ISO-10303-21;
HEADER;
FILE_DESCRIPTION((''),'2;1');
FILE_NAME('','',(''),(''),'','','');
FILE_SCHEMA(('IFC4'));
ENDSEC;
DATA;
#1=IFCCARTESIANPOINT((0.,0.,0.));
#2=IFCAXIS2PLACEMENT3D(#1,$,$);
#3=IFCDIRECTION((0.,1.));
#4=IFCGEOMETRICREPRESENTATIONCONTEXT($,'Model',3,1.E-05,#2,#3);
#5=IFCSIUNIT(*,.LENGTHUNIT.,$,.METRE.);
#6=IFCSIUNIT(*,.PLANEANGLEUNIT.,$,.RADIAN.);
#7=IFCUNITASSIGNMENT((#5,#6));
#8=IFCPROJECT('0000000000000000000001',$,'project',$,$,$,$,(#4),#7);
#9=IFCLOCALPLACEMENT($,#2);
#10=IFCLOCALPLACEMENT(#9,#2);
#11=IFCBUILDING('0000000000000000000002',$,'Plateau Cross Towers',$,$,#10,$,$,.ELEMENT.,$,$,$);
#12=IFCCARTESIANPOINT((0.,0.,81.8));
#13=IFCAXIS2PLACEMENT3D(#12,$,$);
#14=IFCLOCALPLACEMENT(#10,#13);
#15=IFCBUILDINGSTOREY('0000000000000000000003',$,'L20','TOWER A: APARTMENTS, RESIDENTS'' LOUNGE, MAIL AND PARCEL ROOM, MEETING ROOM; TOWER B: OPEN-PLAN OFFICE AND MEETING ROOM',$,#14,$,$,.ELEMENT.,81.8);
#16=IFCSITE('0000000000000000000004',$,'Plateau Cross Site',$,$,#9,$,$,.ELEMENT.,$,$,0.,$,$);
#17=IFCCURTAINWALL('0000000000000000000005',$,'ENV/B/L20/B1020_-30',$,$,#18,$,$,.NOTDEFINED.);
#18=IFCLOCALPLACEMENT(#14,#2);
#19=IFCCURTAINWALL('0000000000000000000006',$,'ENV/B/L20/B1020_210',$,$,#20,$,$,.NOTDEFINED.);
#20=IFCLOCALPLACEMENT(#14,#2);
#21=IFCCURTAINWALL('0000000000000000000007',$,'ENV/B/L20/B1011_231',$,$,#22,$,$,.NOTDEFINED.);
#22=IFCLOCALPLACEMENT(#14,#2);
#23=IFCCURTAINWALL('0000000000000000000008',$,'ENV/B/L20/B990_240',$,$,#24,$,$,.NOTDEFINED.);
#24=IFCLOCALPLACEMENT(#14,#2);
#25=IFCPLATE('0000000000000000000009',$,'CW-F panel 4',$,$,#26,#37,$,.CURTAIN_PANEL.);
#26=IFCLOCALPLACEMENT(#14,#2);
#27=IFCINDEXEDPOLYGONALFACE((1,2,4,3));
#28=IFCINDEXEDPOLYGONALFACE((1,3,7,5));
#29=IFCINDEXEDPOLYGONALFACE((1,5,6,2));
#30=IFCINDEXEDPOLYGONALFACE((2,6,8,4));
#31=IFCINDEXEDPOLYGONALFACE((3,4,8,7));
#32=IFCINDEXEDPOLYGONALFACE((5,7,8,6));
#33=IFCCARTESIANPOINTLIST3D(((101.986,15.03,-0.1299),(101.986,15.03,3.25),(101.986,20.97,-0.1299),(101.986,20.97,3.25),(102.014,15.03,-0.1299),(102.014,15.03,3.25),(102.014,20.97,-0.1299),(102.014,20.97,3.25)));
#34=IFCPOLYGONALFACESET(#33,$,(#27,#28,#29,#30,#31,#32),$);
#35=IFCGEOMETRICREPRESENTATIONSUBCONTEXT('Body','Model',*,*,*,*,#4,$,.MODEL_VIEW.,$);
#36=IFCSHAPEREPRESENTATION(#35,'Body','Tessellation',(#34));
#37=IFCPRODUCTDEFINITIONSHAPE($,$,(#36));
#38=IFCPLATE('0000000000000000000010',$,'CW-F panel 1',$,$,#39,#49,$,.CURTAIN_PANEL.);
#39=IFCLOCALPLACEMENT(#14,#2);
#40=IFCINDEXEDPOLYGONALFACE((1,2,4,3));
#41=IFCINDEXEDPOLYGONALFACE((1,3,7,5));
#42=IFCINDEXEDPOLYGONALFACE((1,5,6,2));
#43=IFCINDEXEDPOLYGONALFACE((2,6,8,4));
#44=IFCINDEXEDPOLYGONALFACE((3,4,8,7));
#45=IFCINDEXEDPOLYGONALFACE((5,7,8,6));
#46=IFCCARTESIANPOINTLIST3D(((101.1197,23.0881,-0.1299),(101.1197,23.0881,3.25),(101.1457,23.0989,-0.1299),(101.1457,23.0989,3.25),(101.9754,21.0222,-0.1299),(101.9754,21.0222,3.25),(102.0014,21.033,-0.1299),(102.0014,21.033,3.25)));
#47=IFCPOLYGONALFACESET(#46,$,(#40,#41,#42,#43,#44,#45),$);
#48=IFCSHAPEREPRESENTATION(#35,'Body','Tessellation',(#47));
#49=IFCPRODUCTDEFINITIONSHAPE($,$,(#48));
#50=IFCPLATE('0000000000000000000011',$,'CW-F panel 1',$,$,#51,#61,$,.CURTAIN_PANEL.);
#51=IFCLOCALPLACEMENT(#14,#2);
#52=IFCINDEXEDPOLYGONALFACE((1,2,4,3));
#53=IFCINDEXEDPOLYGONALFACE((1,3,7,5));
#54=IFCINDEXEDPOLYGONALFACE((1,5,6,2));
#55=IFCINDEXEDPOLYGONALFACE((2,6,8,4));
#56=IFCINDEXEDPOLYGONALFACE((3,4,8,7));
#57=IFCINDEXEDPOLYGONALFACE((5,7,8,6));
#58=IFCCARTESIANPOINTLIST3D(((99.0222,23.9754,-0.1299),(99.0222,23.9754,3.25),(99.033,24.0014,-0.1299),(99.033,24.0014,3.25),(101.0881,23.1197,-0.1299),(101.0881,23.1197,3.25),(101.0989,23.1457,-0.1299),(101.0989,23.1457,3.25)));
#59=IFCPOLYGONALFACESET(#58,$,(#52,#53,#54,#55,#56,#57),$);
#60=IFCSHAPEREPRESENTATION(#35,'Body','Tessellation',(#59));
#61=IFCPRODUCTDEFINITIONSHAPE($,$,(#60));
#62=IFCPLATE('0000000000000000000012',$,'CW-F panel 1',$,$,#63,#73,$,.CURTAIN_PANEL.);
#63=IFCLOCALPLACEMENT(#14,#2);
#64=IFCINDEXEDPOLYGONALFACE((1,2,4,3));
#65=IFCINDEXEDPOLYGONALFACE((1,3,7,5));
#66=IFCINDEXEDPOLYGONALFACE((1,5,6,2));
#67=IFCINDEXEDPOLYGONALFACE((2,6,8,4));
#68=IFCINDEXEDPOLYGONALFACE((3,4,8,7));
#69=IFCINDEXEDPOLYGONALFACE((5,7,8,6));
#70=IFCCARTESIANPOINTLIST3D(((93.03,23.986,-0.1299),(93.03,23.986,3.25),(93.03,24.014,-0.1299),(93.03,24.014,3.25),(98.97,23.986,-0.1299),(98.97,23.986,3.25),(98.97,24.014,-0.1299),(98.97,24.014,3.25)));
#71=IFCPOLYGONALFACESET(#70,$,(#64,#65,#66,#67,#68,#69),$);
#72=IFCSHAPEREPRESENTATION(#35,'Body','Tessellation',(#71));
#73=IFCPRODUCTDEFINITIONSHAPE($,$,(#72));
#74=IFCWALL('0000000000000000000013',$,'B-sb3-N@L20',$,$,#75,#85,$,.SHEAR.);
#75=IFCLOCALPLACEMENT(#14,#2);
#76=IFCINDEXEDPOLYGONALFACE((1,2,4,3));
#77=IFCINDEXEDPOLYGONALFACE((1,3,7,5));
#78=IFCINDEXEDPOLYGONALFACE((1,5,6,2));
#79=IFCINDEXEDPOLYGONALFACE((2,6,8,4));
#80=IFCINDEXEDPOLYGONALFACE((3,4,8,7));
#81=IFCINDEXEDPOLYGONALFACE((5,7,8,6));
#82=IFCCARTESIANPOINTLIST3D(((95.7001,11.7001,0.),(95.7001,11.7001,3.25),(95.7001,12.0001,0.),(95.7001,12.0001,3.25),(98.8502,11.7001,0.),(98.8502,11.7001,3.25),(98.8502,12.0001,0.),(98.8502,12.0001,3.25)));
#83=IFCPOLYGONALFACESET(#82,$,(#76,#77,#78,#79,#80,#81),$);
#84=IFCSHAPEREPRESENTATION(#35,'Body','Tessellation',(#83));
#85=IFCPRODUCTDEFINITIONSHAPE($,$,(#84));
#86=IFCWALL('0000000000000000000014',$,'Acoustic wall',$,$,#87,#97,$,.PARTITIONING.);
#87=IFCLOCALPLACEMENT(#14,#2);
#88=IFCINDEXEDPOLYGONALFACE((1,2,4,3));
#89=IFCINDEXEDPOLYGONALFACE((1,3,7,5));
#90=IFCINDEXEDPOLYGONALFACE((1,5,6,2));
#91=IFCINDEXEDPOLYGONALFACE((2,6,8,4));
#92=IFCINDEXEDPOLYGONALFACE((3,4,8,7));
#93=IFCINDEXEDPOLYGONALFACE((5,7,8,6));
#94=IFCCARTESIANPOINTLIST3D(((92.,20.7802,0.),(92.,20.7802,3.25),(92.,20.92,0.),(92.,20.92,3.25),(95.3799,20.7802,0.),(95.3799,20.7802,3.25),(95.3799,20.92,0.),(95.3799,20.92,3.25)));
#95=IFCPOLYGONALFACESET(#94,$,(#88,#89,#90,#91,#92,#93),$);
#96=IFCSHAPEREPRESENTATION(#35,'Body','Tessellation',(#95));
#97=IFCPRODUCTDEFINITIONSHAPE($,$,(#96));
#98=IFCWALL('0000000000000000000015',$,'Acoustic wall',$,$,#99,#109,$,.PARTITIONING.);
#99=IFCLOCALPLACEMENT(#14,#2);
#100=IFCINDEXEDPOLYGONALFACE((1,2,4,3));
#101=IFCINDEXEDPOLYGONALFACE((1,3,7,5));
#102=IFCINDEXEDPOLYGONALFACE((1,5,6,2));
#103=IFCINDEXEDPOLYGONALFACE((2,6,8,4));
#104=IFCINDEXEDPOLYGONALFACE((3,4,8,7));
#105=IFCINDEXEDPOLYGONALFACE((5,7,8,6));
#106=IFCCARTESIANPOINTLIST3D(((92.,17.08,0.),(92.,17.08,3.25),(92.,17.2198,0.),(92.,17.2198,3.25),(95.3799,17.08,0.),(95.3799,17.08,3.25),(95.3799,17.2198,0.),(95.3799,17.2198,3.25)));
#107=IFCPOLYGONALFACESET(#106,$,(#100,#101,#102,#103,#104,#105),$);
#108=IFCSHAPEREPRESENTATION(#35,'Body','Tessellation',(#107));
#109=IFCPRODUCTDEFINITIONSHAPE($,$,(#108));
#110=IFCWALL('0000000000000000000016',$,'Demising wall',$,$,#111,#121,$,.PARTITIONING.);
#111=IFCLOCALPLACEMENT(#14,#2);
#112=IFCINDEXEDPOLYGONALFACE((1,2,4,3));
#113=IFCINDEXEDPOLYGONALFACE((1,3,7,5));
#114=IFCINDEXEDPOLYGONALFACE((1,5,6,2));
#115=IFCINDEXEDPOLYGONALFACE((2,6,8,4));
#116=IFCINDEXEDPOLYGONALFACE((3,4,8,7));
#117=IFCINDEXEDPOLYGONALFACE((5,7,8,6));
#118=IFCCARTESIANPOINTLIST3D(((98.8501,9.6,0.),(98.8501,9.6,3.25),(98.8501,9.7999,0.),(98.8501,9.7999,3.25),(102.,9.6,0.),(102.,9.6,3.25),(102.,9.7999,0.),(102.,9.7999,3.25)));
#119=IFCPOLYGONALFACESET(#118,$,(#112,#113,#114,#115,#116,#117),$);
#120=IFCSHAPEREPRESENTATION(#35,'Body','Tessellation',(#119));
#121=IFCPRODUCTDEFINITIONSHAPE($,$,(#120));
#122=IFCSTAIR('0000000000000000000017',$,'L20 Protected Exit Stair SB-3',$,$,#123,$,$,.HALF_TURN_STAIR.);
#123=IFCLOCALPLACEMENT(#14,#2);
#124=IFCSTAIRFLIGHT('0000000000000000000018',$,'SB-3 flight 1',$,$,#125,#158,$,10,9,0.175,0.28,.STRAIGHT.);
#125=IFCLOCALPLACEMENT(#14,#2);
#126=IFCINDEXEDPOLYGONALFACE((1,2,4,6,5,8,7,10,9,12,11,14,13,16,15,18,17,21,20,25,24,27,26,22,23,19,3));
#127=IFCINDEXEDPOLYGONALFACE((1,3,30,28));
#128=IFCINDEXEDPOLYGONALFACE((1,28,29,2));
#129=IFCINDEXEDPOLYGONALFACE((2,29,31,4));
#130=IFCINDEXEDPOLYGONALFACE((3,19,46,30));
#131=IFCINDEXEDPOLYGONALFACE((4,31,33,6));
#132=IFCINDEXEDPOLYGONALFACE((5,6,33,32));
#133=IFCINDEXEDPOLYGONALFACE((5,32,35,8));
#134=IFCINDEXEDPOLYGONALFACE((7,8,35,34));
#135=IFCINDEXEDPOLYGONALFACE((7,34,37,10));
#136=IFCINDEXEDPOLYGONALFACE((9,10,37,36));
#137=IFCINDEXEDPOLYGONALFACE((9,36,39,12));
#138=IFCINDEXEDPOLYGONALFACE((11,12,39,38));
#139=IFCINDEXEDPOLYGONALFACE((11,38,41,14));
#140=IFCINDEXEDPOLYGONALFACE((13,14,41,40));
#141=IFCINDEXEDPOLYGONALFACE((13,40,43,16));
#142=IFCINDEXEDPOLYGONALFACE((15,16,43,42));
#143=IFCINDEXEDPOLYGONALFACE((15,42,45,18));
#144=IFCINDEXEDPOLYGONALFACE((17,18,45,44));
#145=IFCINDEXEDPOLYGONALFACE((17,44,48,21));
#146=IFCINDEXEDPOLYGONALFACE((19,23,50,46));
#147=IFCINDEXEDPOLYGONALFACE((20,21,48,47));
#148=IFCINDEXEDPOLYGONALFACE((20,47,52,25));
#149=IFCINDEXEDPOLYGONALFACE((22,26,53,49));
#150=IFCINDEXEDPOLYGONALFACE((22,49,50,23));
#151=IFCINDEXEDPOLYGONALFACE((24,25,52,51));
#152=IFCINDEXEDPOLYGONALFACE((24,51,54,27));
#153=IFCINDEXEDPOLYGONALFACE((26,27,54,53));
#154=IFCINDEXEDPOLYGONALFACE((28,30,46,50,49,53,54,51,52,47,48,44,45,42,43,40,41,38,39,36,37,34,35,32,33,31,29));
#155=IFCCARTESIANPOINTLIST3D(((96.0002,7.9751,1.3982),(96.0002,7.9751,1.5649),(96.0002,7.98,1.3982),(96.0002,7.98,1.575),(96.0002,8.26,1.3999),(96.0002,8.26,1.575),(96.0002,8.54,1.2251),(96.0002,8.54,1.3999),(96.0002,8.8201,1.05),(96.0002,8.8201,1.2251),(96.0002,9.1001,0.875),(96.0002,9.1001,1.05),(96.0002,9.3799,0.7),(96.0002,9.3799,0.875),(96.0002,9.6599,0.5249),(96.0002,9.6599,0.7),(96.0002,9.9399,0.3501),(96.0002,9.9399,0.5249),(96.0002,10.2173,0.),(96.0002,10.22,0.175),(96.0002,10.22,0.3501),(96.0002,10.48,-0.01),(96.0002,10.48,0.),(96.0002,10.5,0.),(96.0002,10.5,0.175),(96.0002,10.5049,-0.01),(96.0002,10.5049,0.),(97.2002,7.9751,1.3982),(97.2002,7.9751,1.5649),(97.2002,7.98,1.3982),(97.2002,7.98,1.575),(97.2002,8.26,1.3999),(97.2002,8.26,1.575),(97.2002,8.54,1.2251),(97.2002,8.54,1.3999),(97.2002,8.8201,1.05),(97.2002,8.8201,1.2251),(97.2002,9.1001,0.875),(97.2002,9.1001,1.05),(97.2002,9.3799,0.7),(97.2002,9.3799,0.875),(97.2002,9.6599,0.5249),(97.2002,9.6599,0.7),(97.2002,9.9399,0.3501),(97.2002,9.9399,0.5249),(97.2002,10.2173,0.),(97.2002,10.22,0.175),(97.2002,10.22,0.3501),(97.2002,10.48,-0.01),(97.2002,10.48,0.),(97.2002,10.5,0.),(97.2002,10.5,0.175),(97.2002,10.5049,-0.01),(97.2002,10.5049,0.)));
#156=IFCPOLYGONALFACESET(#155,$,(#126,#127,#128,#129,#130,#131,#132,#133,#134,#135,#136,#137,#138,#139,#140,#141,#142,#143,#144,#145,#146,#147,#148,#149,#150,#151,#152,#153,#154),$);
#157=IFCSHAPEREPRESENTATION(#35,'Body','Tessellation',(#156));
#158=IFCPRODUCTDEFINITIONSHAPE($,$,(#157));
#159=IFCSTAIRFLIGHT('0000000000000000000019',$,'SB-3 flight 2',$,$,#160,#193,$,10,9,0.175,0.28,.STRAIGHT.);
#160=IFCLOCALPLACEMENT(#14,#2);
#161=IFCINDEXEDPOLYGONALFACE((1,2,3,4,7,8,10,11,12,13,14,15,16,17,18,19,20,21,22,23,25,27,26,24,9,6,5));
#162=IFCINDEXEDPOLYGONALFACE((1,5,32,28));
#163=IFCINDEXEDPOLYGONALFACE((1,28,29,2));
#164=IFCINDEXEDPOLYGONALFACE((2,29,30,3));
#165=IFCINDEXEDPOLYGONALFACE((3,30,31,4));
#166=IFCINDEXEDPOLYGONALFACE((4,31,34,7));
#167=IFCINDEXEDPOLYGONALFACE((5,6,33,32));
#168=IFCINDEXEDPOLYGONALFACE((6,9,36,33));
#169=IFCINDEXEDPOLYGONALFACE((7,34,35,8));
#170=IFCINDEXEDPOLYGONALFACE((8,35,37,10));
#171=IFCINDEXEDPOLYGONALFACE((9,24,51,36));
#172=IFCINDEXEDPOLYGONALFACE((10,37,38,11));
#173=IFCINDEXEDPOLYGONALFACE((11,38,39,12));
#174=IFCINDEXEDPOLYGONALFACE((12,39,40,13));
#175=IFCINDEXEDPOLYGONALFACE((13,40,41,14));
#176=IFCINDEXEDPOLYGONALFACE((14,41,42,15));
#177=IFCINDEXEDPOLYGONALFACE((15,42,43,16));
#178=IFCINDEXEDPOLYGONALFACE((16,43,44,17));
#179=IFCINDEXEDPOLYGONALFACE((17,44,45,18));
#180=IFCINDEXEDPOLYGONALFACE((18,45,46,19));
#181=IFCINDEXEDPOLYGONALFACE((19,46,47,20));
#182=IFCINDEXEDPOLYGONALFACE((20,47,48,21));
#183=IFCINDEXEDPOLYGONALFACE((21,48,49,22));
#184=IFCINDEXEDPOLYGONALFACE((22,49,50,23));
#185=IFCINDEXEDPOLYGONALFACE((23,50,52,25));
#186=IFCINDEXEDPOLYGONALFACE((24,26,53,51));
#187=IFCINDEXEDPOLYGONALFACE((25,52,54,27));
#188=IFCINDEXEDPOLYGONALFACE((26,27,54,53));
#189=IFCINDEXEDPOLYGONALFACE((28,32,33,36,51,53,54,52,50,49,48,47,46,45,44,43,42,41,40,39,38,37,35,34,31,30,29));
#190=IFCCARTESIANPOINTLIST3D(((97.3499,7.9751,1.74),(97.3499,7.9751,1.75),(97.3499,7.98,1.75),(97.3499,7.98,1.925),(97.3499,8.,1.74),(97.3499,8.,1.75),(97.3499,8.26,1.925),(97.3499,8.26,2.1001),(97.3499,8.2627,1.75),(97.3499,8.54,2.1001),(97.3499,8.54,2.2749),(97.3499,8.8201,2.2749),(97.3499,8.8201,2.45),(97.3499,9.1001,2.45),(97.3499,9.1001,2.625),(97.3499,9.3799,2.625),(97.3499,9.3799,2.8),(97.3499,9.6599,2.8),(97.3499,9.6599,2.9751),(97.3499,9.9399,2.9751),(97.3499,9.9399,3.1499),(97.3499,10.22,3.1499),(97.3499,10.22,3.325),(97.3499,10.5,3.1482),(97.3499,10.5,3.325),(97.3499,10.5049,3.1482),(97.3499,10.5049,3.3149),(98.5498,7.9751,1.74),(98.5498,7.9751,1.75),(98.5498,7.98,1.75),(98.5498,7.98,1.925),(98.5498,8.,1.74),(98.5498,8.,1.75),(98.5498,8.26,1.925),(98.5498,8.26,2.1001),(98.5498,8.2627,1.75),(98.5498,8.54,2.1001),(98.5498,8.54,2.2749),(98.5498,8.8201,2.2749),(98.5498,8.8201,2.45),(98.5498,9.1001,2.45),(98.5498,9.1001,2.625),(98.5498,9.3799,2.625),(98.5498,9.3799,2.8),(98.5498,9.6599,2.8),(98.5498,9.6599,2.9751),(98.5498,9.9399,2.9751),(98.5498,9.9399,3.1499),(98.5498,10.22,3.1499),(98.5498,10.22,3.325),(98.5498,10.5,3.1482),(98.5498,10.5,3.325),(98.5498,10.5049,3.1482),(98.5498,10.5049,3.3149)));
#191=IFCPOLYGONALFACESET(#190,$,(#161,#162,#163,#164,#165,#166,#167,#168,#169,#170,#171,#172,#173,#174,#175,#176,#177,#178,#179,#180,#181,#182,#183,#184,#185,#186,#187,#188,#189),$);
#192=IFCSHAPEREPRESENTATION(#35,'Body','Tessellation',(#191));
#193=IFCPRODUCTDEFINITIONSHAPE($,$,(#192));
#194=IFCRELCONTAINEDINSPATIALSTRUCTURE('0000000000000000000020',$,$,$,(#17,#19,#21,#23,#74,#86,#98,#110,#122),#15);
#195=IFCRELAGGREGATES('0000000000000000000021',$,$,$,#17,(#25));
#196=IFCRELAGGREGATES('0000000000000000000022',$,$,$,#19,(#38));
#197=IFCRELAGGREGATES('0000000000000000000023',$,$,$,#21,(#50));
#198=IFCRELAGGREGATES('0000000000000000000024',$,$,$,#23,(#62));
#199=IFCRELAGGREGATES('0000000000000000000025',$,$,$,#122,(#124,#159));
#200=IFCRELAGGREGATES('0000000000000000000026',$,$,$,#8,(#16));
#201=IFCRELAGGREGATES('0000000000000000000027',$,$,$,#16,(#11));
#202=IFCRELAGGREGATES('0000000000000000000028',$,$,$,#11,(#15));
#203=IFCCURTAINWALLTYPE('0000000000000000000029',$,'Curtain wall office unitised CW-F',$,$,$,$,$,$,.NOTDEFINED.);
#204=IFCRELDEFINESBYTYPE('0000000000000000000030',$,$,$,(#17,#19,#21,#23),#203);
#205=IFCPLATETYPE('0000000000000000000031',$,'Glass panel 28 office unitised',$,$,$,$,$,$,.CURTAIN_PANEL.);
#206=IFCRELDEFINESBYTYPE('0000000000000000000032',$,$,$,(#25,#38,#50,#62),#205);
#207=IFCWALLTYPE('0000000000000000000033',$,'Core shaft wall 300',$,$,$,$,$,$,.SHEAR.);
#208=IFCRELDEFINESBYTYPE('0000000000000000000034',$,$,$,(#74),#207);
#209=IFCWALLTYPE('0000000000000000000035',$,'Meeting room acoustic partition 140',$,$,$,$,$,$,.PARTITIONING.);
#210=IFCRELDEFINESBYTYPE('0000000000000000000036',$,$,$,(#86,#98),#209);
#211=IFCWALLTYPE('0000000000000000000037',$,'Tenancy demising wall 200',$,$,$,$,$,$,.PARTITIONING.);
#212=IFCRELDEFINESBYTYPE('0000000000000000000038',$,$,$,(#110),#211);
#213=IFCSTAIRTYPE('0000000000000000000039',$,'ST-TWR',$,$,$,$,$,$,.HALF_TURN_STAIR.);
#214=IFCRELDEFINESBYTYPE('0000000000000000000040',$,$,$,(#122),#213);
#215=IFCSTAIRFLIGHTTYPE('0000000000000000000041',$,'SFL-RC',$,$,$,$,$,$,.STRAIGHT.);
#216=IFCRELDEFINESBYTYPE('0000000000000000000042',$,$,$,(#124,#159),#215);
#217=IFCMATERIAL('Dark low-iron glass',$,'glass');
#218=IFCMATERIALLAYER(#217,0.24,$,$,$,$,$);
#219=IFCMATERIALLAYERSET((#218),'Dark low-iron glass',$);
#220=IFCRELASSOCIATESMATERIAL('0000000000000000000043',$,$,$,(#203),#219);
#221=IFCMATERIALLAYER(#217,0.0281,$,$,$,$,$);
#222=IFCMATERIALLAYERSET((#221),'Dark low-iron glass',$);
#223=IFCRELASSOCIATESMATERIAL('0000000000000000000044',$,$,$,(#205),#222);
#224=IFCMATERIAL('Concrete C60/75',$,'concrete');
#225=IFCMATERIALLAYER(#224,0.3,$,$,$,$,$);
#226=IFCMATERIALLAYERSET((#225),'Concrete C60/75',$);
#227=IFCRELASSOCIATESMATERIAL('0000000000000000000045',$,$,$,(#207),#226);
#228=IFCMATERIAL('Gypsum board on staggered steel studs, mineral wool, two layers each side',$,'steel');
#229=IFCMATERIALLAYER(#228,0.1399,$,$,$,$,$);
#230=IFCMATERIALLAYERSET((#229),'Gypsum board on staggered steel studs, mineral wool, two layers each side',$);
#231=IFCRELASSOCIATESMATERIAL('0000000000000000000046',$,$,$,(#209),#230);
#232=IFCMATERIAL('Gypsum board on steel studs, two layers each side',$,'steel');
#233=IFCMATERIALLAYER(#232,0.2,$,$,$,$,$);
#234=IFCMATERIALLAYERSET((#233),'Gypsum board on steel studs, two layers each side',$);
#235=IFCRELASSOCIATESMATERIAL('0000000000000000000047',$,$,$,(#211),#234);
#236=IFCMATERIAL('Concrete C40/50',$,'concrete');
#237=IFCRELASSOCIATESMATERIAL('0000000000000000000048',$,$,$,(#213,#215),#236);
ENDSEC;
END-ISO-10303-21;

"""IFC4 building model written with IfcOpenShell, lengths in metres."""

from ifc_helpers import new_model, si_unit, direction, frame, frame_2d, origin, origin_2d, place, context, subcontext, project, spatial, polyline, rectangle, outline, extrude, material, layer, layer_set, type_object, element, aggregate, save


model = new_model("IFC4")

# Units and contexts
model_context = context("Model", 3, precision=1e-05, world=origin(), true_north=direction((0.0, 1.0)))
body_context = subcontext(model_context, "Body", "Model", "MODEL_VIEW")
ifc_project = project(units=[si_unit("LENGTHUNIT", "METRE"), si_unit("PLANEANGLEUNIT", "RADIAN")], contexts=[model_context])

# Site, building, storey
site_placement = place(None, origin())
site = spatial("IfcSite", under=ifc_project, at=site_placement, Name="Plateau Cross Site", CompositionType="ELEMENT", RefElevation=0.0)
building_placement = place(site_placement, origin())
building = spatial("IfcBuilding", under=site, at=building_placement, Name="Plateau Cross Towers", CompositionType="ELEMENT")
storey_placement = place(building_placement, frame((0.0, 0.0, 81.8)))
storey = spatial("IfcBuildingStorey", under=building, at=storey_placement, Name="L20", Description="TOWER A: APARTMENTS, RESIDENTS' LOUNGE, MAIL AND PARCEL ROOM, MEETING ROOM; TOWER B: OPEN-PLAN OFFICE AND MEETING ROOM", CompositionType="ELEMENT", Elevation=81.8)

# Shared definitions
ifc_material_1 = material(Name="Concrete C60/75", Category="concrete")

# Curtain wall
ifc_material_2 = material(Name="Dark low-iron glass", Category="glass")
ifc_layer_1 = layer(ifc_material_2, 0.24)
ifc_layer_set_1 = layer_set([ifc_layer_1], Name="Dark low-iron glass")
curtain_wall_type = type_object("IfcCurtainWallType", Name="Curtain wall office unitised CW-F", PredefinedType="NOTDEFINED", material=ifc_layer_set_1)
curtain_wall_1_placement = place(storey_placement, origin())
curtain_wall_1 = element("IfcCurtainWall", 1, at=curtain_wall_1_placement, inside=storey, type_object=curtain_wall_type, Name="ENV/B/L20/B1020_-30", PredefinedType="NOTDEFINED")

# Curtain walls
curtain_wall_2_placement = place(storey_placement, origin())
curtain_wall_2 = element("IfcCurtainWall", 2, at=curtain_wall_2_placement, inside=storey, type_object=curtain_wall_type, Name="ENV/B/L20/B1020_210", PredefinedType="NOTDEFINED")
curtain_wall_3_placement = place(storey_placement, origin())
curtain_wall_3 = element("IfcCurtainWall", 3, at=curtain_wall_3_placement, inside=storey, type_object=curtain_wall_type, Name="ENV/B/L20/B1011_231", PredefinedType="NOTDEFINED")

# Curtain wall
curtain_wall_4_placement = place(storey_placement, origin())
curtain_wall_4 = element("IfcCurtainWall", 4, at=curtain_wall_4_placement, inside=storey, type_object=curtain_wall_type, Name="ENV/B/L20/B990_240", PredefinedType="NOTDEFINED")

# Plates
ifc_layer_2 = layer(ifc_material_2, 0.0281)
ifc_layer_set_2 = layer_set([ifc_layer_2], Name="Dark low-iron glass")
plate_type = type_object("IfcPlateType", Name="Glass panel 28 office unitised", PredefinedType="CURTAIN_PANEL", material=ifc_layer_set_2)
plate_1_placement = place(storey_placement, frame((102.0, 18.0, -0.1299), z_axis=(0.0, 0.0, 1.0), x_axis=(0.0, 1.0, 0.0)))
plate_1 = element("IfcPlate", 5, at=plate_1_placement, type_object=plate_type, Name="CW-F panel 4", PredefinedType="CURTAIN_PANEL", context=body_context, shape_type="SweptSolid", body=[
    extrude(rectangle(XDim=5.9399, YDim=0.0281, at=origin_2d()), origin(), (0.0, 0.0, 1.0), 3.3799),
])
aggregate(curtain_wall_1, [plate_1])
plate_2_placement = place(storey_placement, frame((101.5605, 22.0605, -0.1299), z_axis=(0.0, 0.0, 1.0), x_axis=(-0.382684, 0.923879, 0.0)))
plate_2 = element("IfcPlate", 6, at=plate_2_placement, type_object=plate_type, Name="CW-F panel 1", PredefinedType="CURTAIN_PANEL", context=body_context, shape_type="SweptSolid", body=[
    extrude(rectangle(XDim=2.2361, YDim=0.0281, at=origin_2d()), origin(), (0.0, 0.0, 1.0), 3.3799),
])
aggregate(curtain_wall_2, [plate_2])
plate_3_placement = place(storey_placement, frame((100.0605, 23.5605, -0.1299), z_axis=(0.0, 0.0, 1.0), x_axis=(-0.923879, 0.382684, 0.0)))
plate_3 = element("IfcPlate", 7, at=plate_3_placement, type_object=plate_type, Name="CW-F panel 1", PredefinedType="CURTAIN_PANEL", context=body_context, shape_type="SweptSolid", body=[
    extrude(rectangle(XDim=2.2361, YDim=0.0281, at=origin_2d()), origin(), (0.0, 0.0, 1.0), 3.3799),
])
aggregate(curtain_wall_3, [plate_3])
plate_4_placement = place(storey_placement, frame((96.0, 24.0, -0.1299), z_axis=(0.0, 0.0, 1.0), x_axis=(-1.0, 0.0, 0.0)))
plate_4 = element("IfcPlate", 8, at=plate_4_placement, type_object=plate_type, Name="CW-F panel 1", PredefinedType="CURTAIN_PANEL", context=body_context, shape_type="SweptSolid", body=[
    extrude(rectangle(XDim=5.9399, YDim=0.0281, at=origin_2d()), origin(), (0.0, 0.0, 1.0), 3.3799),
])
aggregate(curtain_wall_4, [plate_4])

# Wall
ifc_layer_3 = layer(ifc_material_1, 0.3)
ifc_layer_set_3 = layer_set([ifc_layer_3], Name="Concrete C60/75")
wall_type_1 = type_object("IfcWallType", Name="Core shaft wall 300", PredefinedType="SHEAR", material=ifc_layer_set_3)
wall_1_placement = place(storey_placement, frame((95.7, 11.8501, 0.0), z_axis=(0.0, 0.0, 1.0), x_axis=(1.0, 0.0, 0.0)))
element("IfcWall", 9, at=wall_1_placement, inside=storey, type_object=wall_type_1, Name="B-sb3-N@L20", PredefinedType="SHEAR", context=body_context, shape_type="SweptSolid", body=[
    extrude(rectangle(XDim=3.1501, YDim=0.3, at=frame_2d((1.5752, 0.0))), origin(), (0.0, 0.0, 1.0), 3.25),
])

# Shared definitions
ifc_material_3 = material(Name="Gypsum board on staggered steel studs, mineral wool, two layers each side", Category="steel")
ifc_layer_4 = layer(ifc_material_3, 0.1399)
ifc_layer_set_4 = layer_set([ifc_layer_4], Name="Gypsum board on staggered steel studs, mineral wool, two layers each side")
wall_type_2 = type_object("IfcWallType", Name="Meeting room acoustic partition 140", PredefinedType="PARTITIONING", material=ifc_layer_set_4)

# Wall
wall_2_placement = place(storey_placement, frame((92.0, 20.8501, 0.0), z_axis=(0.0, 0.0, 1.0), x_axis=(1.0, 0.0, 0.0)))
element("IfcWall", 10, at=wall_2_placement, inside=storey, type_object=wall_type_2, Name="Acoustic wall", PredefinedType="PARTITIONING", context=body_context, shape_type="SweptSolid", body=[
    extrude(rectangle(XDim=3.3799, YDim=0.1399, at=frame_2d((1.6899, 0.0))), origin(), (0.0, 0.0, 1.0), 3.25),
])

# Walls
wall_3_placement = place(storey_placement, frame((92.0, 17.1499, 0.0), z_axis=(0.0, 0.0, 1.0), x_axis=(1.0, 0.0, 0.0)))
element("IfcWall", 11, at=wall_3_placement, inside=storey, type_object=wall_type_2, Name="Acoustic wall", PredefinedType="PARTITIONING", context=body_context, shape_type="SweptSolid", body=[
    extrude(rectangle(XDim=3.3799, YDim=0.1399, at=frame_2d((1.6899, 0.0))), origin(), (0.0, 0.0, 1.0), 3.25),
])
ifc_material_4 = material(Name="Gypsum board on steel studs, two layers each side", Category="steel")
ifc_layer_5 = layer(ifc_material_4, 0.2)
ifc_layer_set_5 = layer_set([ifc_layer_5], Name="Gypsum board on steel studs, two layers each side")
wall_type_3 = type_object("IfcWallType", Name="Tenancy demising wall 200", PredefinedType="PARTITIONING", material=ifc_layer_set_5)
wall_4_placement = place(storey_placement, frame((98.8501, 9.7, 0.0), z_axis=(0.0, 0.0, 1.0), x_axis=(1.0, 0.0, 0.0)))
element("IfcWall", 12, at=wall_4_placement, inside=storey, type_object=wall_type_3, Name="Demising wall", PredefinedType="PARTITIONING", context=body_context, shape_type="SweptSolid", body=[
    extrude(rectangle(XDim=3.1499, YDim=0.2, at=frame_2d((1.575, 0.0))), origin(), (0.0, 0.0, 1.0), 3.25),
])

# Stair, stair flights
ifc_material_5 = material(Name="Concrete C40/50", Category="concrete")
stair_type = type_object("IfcStairType", Name="ST-TWR", PredefinedType="HALF_TURN_STAIR", material=ifc_material_5)
stair_placement = place(storey_placement, origin())
stair = element("IfcStair", 13, at=stair_placement, inside=storey, type_object=stair_type, Name="L20 Protected Exit Stair SB-3", PredefinedType="HALF_TURN_STAIR")
stair_flight_type = type_object("IfcStairFlightType", Name="SFL-RC", PredefinedType="STRAIGHT", material=ifc_material_5)
stair_flight_1_placement = place(storey_placement, frame((96.6001, 10.5, 0.0), z_axis=(0.0, 0.0, 1.0), x_axis=(0.0, -1.0, 0.0)))
stair_flight_1 = element("IfcStairFlight", 14, at=stair_flight_1_placement, type_object=stair_flight_type, Name="SB-3 flight 1", NumberOfRisers=10, NumberOfTreads=9, PredefinedType="STRAIGHT", RiserHeight=0.175, TreadLength=0.28, context=body_context, shape_type="SweptSolid", body=[
    extrude(outline(polyline([(-0.0049, -0.01), (-0.0049, 0.0), (0.0, 0.0), (0.0, 0.175), (0.28, 0.175), (0.28, 0.3501), (0.5601, 0.3501), (0.5601, 0.5249), (0.8401, 0.5249), (0.8401, 0.7), (1.1201, 0.7), (1.1201, 0.875), (1.3999, 0.875), (1.3999, 1.05), (1.6799, 1.05), (1.6799, 1.2251), (1.96, 1.2251), (1.96, 1.3999), (2.24, 1.3999), (2.24, 1.575), (2.52, 1.575), (2.5249, 1.5649), (2.5249, 1.3982), (2.52, 1.3982), (0.2827, 0.0), (0.02, 0.0), (0.02, -0.01), (-0.0049, -0.01)])), frame((0.0, 0.6001, 0.0), z_axis=(0.0, -1.0, 0.0), x_axis=(1.0, 0.0, 0.0)), (0.0, 0.0, 1.0), 1.2),
])
stair_flight_2_placement = place(storey_placement, frame((97.95, 7.98, 1.75), z_axis=(0.0, 0.0, 1.0), x_axis=(0.0, 1.0, 0.0)))
stair_flight_2 = element("IfcStairFlight", 15, at=stair_flight_2_placement, type_object=stair_flight_type, Name="SB-3 flight 2", NumberOfRisers=10, NumberOfTreads=9, PredefinedType="STRAIGHT", RiserHeight=0.175, TreadLength=0.28, context=body_context, shape_type="SweptSolid", body=[
    extrude(outline(polyline([(-0.0049, -0.01), (-0.0049, 0.0), (0.0, 0.0), (0.0, 0.175), (0.28, 0.175), (0.28, 0.3501), (0.5601, 0.3501), (0.5601, 0.5249), (0.8401, 0.5249), (0.8401, 0.7), (1.1201, 0.7), (1.1201, 0.875), (1.3999, 0.875), (1.3999, 1.05), (1.6799, 1.05), (1.6799, 1.2251), (1.96, 1.2251), (1.96, 1.3999), (2.24, 1.3999), (2.24, 1.575), (2.52, 1.575), (2.5249, 1.5649), (2.5249, 1.3982), (2.52, 1.3982), (0.2827, 0.0), (0.02, 0.0), (0.02, -0.01), (-0.0049, -0.01)])), frame((0.0, 0.6001, 0.0), z_axis=(0.0, -1.0, 0.0), x_axis=(1.0, 0.0, 0.0)), (0.0, 0.0, 1.0), 1.2),
])
aggregate(stair, [stair_flight_1, stair_flight_2])

save(model, "model.ifc")
